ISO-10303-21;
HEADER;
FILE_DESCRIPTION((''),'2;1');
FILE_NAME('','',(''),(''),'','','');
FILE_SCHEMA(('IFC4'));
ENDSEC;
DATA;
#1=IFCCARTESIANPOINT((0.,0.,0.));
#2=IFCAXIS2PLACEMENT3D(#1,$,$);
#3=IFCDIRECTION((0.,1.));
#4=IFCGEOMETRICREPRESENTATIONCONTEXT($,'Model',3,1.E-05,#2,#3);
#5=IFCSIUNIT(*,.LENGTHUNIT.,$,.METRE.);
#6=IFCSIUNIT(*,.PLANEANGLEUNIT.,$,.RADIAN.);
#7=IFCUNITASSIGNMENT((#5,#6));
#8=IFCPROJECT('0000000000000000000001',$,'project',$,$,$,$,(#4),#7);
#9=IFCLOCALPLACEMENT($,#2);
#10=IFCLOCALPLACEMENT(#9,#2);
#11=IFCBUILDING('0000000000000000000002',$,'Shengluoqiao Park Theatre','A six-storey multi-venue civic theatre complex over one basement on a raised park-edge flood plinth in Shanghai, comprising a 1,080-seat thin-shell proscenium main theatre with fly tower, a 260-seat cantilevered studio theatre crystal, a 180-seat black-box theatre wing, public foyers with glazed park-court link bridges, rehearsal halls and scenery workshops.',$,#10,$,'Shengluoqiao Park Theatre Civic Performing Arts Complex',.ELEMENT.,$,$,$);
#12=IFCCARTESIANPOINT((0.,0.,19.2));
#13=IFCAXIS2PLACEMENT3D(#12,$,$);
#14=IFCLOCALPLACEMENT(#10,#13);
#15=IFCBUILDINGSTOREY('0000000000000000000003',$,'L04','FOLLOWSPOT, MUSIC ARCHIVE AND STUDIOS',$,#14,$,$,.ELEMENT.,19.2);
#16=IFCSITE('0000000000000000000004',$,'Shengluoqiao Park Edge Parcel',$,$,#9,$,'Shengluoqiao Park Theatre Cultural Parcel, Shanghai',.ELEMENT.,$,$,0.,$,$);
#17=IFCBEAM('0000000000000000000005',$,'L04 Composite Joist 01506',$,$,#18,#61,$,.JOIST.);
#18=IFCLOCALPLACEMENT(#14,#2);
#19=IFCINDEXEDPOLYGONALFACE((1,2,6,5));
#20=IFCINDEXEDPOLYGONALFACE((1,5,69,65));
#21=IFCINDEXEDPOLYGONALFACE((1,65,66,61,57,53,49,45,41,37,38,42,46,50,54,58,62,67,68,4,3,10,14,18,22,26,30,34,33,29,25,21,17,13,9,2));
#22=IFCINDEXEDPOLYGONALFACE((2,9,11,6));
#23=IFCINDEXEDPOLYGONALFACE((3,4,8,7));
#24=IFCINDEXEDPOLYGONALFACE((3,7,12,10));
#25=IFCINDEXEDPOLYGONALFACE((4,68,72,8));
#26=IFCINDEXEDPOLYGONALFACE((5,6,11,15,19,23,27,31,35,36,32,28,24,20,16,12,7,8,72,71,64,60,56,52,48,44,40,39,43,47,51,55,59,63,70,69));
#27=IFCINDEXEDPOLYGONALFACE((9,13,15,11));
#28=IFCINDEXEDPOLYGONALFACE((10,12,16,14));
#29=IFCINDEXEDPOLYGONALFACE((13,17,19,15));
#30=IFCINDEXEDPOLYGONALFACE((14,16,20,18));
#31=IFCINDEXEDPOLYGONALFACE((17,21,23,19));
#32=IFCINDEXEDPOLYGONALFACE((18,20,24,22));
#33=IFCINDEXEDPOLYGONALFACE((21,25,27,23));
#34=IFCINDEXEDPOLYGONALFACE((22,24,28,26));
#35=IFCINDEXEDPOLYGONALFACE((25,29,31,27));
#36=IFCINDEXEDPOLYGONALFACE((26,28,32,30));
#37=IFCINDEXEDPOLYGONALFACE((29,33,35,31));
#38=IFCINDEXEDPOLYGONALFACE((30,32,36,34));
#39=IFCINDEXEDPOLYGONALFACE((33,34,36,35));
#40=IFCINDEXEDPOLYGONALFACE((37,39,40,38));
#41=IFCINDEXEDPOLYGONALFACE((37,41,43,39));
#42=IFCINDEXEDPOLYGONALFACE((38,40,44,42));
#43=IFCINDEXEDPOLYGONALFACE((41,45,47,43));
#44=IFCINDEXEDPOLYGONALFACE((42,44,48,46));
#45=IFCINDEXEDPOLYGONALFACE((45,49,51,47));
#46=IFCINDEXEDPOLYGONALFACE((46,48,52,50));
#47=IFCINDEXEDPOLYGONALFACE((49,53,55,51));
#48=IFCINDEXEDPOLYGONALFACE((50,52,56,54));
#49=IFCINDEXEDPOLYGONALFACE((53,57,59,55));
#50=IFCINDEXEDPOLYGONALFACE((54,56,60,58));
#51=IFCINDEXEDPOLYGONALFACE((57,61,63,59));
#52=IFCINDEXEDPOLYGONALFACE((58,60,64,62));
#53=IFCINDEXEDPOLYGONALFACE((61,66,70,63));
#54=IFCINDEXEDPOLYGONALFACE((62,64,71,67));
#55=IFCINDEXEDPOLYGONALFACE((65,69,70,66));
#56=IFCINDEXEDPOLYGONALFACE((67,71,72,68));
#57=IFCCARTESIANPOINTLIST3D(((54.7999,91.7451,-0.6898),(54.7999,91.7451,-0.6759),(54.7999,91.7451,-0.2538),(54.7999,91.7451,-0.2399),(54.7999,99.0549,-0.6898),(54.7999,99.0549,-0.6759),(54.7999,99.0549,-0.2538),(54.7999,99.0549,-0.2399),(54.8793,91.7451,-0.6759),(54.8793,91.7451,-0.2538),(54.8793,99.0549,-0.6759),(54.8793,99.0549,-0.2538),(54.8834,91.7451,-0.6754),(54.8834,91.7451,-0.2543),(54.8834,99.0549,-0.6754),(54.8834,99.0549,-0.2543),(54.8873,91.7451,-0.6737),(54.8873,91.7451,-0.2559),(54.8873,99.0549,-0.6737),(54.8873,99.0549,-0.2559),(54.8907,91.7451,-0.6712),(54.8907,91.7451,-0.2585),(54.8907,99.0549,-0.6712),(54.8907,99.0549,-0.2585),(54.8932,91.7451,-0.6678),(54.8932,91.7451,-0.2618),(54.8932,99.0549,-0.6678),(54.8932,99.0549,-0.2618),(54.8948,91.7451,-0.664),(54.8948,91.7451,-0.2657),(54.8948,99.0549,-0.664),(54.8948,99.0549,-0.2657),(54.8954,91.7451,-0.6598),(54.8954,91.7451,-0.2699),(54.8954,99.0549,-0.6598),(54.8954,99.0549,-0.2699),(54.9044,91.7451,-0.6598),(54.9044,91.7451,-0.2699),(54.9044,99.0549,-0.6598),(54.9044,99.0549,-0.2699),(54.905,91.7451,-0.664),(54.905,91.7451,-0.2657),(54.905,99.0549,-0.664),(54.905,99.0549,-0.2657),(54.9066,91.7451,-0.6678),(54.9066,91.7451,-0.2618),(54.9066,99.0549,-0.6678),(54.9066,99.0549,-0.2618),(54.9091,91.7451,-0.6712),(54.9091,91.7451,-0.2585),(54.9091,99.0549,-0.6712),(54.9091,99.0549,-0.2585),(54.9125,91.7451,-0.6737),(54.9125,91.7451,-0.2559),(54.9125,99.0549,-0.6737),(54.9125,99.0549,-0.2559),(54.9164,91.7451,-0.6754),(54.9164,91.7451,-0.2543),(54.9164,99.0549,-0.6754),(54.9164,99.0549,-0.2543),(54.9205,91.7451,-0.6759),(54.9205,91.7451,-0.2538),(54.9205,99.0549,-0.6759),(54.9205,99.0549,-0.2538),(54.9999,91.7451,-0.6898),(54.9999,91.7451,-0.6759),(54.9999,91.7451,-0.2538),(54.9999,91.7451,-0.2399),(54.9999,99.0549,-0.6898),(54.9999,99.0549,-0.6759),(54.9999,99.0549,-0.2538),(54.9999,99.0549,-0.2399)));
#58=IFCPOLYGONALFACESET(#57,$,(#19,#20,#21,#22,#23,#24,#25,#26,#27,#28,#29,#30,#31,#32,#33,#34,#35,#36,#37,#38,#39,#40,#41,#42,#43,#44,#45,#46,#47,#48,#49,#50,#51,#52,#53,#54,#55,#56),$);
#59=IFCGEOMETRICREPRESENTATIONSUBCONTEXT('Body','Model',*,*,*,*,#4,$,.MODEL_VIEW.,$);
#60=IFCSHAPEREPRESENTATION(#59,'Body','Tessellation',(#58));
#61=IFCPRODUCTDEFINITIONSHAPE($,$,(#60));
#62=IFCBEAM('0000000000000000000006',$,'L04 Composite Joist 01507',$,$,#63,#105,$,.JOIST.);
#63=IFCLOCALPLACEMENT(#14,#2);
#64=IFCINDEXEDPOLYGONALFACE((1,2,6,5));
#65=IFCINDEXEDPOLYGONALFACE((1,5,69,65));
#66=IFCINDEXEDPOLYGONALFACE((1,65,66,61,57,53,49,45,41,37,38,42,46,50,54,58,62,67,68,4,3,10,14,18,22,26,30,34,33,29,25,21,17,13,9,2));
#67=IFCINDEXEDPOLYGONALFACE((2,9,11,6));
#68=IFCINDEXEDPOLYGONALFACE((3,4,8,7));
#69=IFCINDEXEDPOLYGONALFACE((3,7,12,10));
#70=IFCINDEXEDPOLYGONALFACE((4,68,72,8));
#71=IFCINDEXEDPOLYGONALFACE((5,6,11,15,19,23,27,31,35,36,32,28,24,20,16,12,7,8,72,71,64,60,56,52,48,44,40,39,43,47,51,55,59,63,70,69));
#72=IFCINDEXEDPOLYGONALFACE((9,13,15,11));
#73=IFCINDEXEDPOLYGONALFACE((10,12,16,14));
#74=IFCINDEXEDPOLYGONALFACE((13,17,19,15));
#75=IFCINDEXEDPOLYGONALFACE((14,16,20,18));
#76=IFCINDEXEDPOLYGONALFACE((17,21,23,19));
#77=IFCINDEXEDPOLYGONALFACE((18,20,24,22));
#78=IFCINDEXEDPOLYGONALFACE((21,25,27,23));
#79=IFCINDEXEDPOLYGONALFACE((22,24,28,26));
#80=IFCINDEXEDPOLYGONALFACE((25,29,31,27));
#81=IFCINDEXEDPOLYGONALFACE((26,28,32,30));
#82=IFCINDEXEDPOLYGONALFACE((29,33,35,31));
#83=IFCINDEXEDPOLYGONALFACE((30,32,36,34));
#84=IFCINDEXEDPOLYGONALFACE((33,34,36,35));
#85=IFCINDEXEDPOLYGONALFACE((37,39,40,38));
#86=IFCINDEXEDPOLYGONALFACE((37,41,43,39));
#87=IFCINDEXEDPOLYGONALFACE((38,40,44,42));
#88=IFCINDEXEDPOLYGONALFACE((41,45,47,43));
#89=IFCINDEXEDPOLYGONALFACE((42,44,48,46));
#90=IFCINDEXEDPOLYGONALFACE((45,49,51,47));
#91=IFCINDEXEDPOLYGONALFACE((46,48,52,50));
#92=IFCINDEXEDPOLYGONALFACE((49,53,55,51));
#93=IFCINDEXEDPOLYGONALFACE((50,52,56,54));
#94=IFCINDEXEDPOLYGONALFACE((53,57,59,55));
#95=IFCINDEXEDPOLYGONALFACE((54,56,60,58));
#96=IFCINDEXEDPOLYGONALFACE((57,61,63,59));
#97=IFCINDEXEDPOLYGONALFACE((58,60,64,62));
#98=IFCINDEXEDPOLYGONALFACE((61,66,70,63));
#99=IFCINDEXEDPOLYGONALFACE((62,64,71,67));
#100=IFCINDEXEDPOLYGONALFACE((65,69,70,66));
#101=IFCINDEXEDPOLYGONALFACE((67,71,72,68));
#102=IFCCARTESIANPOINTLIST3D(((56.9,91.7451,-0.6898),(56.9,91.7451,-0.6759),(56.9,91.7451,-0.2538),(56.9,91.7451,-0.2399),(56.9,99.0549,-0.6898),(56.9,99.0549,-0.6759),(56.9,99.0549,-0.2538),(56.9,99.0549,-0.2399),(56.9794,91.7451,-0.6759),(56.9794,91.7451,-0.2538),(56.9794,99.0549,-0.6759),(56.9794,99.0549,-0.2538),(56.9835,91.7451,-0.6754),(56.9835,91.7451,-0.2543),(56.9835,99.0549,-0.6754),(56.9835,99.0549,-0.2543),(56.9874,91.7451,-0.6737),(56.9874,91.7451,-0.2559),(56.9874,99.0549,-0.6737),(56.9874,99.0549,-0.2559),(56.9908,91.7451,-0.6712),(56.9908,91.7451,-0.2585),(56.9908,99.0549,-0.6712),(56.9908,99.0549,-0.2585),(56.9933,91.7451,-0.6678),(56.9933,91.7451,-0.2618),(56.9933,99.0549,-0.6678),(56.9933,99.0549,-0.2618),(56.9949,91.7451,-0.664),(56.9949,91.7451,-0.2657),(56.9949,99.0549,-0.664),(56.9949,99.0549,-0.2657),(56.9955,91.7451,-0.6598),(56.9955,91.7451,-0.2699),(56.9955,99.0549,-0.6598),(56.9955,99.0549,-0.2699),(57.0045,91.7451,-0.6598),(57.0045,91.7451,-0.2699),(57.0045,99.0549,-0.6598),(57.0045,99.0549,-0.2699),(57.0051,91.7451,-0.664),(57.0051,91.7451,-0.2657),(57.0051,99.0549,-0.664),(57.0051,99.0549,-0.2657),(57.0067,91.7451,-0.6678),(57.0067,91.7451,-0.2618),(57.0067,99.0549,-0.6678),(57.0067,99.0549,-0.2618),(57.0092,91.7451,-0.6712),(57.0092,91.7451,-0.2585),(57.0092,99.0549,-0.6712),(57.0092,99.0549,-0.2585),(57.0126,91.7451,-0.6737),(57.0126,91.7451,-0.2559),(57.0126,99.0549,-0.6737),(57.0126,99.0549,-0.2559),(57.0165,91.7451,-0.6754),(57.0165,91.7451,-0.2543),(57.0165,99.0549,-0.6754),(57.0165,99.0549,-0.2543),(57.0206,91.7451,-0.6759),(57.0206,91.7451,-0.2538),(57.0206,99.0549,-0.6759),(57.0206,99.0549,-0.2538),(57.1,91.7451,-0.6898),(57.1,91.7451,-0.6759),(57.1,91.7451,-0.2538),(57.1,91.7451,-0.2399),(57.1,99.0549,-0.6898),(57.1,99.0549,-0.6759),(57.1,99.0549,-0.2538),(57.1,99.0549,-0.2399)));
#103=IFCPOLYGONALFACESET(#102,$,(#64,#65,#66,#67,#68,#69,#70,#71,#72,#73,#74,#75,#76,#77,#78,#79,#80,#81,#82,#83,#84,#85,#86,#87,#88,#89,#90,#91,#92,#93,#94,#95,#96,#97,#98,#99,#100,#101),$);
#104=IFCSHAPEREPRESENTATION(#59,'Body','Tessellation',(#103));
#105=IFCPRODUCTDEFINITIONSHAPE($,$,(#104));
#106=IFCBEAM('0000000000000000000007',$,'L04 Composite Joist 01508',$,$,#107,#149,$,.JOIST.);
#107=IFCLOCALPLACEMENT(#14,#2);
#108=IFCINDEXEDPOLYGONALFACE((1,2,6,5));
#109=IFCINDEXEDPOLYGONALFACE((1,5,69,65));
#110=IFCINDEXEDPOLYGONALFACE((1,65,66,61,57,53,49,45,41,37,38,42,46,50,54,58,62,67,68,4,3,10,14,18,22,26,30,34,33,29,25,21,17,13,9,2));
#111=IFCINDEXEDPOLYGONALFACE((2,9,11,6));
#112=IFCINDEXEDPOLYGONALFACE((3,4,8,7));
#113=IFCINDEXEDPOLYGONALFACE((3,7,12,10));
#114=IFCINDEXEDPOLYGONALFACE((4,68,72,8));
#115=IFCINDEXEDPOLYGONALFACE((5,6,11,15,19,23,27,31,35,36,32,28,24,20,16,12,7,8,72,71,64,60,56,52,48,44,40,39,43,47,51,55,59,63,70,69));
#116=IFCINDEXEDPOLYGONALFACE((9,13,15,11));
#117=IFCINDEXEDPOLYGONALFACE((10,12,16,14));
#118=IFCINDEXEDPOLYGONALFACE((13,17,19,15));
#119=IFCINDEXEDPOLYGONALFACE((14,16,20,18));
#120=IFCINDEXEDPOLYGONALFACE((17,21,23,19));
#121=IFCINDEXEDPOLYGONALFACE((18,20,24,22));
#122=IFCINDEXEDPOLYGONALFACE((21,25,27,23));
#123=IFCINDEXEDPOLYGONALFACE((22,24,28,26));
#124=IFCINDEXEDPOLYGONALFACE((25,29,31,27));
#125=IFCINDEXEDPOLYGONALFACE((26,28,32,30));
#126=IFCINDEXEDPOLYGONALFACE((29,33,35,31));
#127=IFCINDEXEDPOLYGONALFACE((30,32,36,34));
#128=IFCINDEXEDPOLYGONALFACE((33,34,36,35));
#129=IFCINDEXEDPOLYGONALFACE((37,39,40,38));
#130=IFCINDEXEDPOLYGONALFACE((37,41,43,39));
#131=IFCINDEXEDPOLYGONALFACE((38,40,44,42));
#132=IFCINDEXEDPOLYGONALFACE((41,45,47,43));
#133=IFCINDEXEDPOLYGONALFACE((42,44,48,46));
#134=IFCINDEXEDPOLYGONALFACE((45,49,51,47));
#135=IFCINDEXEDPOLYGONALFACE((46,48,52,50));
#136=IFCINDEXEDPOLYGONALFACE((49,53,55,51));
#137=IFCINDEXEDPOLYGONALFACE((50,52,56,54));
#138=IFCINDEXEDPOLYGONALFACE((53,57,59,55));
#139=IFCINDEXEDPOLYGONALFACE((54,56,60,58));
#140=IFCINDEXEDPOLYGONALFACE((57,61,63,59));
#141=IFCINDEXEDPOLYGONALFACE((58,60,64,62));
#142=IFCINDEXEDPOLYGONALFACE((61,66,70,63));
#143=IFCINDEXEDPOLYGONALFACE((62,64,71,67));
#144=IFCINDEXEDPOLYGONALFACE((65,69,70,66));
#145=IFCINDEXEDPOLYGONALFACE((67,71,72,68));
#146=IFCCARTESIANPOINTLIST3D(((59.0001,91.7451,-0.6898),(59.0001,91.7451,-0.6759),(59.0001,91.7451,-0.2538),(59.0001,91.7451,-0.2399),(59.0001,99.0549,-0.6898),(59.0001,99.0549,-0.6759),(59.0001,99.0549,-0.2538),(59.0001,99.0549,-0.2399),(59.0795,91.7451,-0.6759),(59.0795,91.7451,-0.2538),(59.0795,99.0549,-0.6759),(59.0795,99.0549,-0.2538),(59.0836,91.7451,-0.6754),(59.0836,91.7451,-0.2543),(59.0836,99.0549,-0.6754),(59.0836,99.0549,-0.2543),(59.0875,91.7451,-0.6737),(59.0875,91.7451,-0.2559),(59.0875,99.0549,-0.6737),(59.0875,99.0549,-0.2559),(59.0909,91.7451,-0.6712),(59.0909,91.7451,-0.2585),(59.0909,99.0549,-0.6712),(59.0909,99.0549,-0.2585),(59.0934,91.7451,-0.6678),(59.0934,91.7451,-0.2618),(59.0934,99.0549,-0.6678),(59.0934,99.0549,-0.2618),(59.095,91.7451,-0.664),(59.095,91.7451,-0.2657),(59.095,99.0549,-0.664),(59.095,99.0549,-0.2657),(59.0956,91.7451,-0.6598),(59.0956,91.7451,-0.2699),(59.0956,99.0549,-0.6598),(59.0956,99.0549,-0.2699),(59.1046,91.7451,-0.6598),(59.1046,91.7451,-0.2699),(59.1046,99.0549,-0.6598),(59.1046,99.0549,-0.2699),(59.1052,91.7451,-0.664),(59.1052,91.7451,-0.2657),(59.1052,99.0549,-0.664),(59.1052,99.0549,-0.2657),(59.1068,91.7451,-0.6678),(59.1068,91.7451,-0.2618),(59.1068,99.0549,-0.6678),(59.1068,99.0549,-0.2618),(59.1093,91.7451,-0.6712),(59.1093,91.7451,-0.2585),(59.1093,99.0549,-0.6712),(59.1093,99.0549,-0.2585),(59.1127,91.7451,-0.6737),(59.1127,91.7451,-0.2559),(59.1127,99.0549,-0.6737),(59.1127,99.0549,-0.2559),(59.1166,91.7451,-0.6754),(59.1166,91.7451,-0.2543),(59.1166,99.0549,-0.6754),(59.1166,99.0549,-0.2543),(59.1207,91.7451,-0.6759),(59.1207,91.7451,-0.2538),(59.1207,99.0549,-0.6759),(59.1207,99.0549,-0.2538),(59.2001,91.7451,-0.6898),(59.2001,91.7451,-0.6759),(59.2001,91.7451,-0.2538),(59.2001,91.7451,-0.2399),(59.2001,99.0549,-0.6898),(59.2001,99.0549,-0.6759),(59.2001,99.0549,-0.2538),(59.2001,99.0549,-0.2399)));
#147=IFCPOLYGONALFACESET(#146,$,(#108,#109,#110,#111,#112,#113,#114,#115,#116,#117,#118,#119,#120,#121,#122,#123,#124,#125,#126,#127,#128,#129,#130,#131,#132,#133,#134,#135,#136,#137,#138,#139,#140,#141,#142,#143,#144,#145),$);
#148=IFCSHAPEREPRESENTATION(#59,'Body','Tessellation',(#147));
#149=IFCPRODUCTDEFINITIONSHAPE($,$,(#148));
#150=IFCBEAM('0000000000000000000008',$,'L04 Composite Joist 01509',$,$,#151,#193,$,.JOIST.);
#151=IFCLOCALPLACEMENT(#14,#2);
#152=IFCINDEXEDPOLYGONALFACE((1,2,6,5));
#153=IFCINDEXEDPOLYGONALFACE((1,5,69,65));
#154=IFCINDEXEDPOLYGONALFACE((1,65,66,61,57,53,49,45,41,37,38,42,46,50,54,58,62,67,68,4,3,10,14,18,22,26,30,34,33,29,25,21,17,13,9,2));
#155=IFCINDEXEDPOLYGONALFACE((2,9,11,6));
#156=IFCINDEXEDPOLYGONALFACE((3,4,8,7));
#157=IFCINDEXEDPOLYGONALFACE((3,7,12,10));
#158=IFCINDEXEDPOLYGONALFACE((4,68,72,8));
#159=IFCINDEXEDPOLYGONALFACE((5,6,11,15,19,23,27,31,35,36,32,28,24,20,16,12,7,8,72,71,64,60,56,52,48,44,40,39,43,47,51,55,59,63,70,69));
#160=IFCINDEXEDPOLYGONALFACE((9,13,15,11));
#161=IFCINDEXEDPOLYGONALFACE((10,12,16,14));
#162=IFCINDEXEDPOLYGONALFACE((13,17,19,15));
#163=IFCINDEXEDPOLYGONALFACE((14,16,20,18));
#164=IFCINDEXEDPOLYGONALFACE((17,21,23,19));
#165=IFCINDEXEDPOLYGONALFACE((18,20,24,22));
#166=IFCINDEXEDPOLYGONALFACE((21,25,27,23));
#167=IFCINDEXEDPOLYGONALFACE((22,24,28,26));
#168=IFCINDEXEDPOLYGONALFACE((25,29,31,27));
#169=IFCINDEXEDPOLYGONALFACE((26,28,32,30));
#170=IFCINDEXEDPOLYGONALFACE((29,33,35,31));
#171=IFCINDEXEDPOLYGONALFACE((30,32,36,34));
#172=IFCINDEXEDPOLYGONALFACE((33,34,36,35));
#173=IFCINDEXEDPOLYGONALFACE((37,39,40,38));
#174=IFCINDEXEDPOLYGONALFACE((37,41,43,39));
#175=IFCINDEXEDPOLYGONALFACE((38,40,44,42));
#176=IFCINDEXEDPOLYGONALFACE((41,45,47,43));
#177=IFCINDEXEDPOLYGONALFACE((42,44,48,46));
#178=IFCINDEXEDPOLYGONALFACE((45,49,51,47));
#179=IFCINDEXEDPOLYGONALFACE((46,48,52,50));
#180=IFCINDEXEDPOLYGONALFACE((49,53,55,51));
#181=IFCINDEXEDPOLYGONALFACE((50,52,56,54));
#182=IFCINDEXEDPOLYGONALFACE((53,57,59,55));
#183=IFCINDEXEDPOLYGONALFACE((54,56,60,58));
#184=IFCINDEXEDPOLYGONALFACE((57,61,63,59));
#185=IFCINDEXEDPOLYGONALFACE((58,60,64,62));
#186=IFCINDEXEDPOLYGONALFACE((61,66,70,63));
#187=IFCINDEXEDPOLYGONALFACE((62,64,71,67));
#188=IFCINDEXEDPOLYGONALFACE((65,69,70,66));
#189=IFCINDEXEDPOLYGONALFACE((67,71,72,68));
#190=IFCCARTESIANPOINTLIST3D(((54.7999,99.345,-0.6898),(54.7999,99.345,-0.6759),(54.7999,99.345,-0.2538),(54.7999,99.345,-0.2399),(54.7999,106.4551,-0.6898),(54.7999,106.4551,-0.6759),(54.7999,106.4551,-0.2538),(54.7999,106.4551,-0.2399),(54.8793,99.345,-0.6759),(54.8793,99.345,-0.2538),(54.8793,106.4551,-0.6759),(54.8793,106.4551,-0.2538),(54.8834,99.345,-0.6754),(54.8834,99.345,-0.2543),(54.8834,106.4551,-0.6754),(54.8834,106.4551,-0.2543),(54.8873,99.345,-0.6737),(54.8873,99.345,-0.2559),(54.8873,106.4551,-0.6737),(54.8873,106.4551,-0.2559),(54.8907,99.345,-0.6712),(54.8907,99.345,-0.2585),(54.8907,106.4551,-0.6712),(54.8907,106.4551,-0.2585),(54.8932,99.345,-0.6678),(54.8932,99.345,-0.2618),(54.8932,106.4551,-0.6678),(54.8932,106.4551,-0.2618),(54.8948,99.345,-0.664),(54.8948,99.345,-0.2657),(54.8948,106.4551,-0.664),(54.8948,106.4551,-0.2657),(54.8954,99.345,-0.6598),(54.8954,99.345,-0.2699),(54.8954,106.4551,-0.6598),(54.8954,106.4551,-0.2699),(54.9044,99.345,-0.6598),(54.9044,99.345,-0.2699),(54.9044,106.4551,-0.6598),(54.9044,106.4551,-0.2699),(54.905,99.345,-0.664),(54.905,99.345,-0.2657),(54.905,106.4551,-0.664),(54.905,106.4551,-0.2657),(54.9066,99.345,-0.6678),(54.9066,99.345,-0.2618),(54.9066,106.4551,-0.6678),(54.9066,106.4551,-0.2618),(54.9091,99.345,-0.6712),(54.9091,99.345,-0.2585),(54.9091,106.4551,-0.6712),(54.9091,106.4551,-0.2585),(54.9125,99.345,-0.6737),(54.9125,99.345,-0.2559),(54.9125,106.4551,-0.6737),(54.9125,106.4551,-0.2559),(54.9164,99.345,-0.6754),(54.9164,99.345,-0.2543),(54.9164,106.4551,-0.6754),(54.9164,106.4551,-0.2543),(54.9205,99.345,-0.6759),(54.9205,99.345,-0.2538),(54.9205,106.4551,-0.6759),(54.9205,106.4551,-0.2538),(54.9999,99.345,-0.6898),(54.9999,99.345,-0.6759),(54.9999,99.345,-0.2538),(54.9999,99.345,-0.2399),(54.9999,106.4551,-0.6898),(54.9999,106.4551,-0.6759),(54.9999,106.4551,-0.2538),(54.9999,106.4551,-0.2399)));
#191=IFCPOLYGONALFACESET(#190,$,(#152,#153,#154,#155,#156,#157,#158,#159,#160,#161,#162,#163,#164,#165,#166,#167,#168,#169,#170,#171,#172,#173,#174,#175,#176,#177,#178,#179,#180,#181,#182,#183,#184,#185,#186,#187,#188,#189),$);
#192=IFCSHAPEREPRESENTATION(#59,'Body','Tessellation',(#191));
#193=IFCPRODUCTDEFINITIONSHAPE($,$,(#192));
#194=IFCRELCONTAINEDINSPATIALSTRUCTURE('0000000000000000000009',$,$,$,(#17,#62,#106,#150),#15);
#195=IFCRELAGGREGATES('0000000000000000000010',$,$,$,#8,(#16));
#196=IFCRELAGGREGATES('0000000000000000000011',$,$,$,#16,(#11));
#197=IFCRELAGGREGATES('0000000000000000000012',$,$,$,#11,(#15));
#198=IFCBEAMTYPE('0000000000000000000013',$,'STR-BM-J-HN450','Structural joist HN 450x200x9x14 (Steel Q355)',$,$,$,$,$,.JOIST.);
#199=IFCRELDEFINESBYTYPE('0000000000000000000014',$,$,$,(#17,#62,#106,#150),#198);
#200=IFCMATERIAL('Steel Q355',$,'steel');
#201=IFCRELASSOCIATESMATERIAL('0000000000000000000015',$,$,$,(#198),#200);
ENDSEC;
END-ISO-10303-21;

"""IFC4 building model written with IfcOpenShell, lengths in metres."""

from ifc_helpers import new_model, si_unit, direction, frame, origin, origin_2d, place, context, subcontext, project, spatial, i_section, extrude, material, material_profile, profile_set, type_object, element, save


model = new_model("IFC4")

# Units and contexts
model_context = context("Model", 3, precision=1e-05, world=origin(), true_north=direction((0.0, 1.0)))
body_context = subcontext(model_context, "Body", "Model", "MODEL_VIEW")
ifc_project = project(units=[si_unit("LENGTHUNIT", "METRE"), si_unit("PLANEANGLEUNIT", "RADIAN")], contexts=[model_context])

# Site, building, storey
site_placement = place(None, origin())
site = spatial("IfcSite", under=ifc_project, at=site_placement, Name="Shengluoqiao Park Edge Parcel", LongName="Shengluoqiao Park Theatre Cultural Parcel, Shanghai", CompositionType="ELEMENT", RefElevation=0.0)
building_placement = place(site_placement, origin())
building = spatial("IfcBuilding", under=site, at=building_placement, Name="Shengluoqiao Park Theatre", Description="A six-storey multi-venue civic theatre complex over one basement on a raised park-edge flood plinth in Shanghai, comprising a 1,080-seat thin-shell proscenium main theatre with fly tower, a 260-seat cantilevered studio theatre crystal, a 180-seat black-box theatre wing, public foyers with glazed park-court link bridges, rehearsal halls and scenery workshops.", LongName="Shengluoqiao Park Theatre Civic Performing Arts Complex", CompositionType="ELEMENT")
storey_placement = place(building_placement, frame((0.0, 0.0, 19.2)))
storey = spatial("IfcBuildingStorey", under=building, at=storey_placement, Name="L04", Description="FOLLOWSPOT, MUSIC ARCHIVE AND STUDIOS", CompositionType="ELEMENT", Elevation=19.2)

# Beams
ifc_material_1 = material(Name="Steel Q355", Category="steel")
ifc_material_profile_1 = material_profile(ifc_material_1, i_section(OverallWidth=0.2, OverallDepth=0.45, WebThickness=0.009, FlangeThickness=0.0139, FilletRadius=0.0161, at=origin_2d()), Name="HN 450x200x9x14")
ifc_profile_set_1 = profile_set([ifc_material_profile_1], Name="Steel Q355")
beam_type_1 = type_object("IfcBeamType", Name="STR-BM-J-HN450", Description="Structural joist HN 450x200x9x14 (Steel Q355)", PredefinedType="JOIST", material=ifc_profile_set_1)
for number, where, z_axis, x_axis, name in (
    (1, (54.8999, 91.7451, -0.4648), (0.0, 1.0, 0.0), (-1.0, 0.0, 0.0), "L04 Composite Joist 01506"),
    (2, (57.0, 91.7451, -0.4648), (0.0, 1.0, 0.0), (-1.0, 0.0, 0.0), "L04 Composite Joist 01507"),
    (3, (59.1001, 91.7451, -0.4648), (0.0, 1.0, 0.0), (-1.0, 0.0, 0.0), "L04 Composite Joist 01508"),
):
    element("IfcBeam", number, at=place(storey_placement, frame(where, z_axis=z_axis, x_axis=x_axis)), inside=storey, type_object=beam_type_1, Name=name, PredefinedType="JOIST", context=body_context, shape_type="SweptSolid", body=[
        extrude(i_section(OverallWidth=0.2, OverallDepth=0.45, WebThickness=0.009, FlangeThickness=0.0139, FilletRadius=0.0161, at=origin_2d()), origin(), (0.0, 0.0, 1.0), 7.3098),
    ])
for number, where, z_axis, x_axis, name in (
    (4, (54.8999, 99.345, -0.4648), (0.0, 1.0, 0.0), (-1.0, 0.0, 0.0), "L04 Composite Joist 01509"),
):
    element("IfcBeam", number, at=place(storey_placement, frame(where, z_axis=z_axis, x_axis=x_axis)), inside=storey, type_object=beam_type_1, Name=name, PredefinedType="JOIST", context=body_context, shape_type="SweptSolid", body=[
        extrude(i_section(OverallWidth=0.2, OverallDepth=0.45, WebThickness=0.009, FlangeThickness=0.0139, FilletRadius=0.0161, at=origin_2d()), origin(), (0.0, 0.0, 1.0), 7.1101),
    ])

save(model, "model.ifc")
